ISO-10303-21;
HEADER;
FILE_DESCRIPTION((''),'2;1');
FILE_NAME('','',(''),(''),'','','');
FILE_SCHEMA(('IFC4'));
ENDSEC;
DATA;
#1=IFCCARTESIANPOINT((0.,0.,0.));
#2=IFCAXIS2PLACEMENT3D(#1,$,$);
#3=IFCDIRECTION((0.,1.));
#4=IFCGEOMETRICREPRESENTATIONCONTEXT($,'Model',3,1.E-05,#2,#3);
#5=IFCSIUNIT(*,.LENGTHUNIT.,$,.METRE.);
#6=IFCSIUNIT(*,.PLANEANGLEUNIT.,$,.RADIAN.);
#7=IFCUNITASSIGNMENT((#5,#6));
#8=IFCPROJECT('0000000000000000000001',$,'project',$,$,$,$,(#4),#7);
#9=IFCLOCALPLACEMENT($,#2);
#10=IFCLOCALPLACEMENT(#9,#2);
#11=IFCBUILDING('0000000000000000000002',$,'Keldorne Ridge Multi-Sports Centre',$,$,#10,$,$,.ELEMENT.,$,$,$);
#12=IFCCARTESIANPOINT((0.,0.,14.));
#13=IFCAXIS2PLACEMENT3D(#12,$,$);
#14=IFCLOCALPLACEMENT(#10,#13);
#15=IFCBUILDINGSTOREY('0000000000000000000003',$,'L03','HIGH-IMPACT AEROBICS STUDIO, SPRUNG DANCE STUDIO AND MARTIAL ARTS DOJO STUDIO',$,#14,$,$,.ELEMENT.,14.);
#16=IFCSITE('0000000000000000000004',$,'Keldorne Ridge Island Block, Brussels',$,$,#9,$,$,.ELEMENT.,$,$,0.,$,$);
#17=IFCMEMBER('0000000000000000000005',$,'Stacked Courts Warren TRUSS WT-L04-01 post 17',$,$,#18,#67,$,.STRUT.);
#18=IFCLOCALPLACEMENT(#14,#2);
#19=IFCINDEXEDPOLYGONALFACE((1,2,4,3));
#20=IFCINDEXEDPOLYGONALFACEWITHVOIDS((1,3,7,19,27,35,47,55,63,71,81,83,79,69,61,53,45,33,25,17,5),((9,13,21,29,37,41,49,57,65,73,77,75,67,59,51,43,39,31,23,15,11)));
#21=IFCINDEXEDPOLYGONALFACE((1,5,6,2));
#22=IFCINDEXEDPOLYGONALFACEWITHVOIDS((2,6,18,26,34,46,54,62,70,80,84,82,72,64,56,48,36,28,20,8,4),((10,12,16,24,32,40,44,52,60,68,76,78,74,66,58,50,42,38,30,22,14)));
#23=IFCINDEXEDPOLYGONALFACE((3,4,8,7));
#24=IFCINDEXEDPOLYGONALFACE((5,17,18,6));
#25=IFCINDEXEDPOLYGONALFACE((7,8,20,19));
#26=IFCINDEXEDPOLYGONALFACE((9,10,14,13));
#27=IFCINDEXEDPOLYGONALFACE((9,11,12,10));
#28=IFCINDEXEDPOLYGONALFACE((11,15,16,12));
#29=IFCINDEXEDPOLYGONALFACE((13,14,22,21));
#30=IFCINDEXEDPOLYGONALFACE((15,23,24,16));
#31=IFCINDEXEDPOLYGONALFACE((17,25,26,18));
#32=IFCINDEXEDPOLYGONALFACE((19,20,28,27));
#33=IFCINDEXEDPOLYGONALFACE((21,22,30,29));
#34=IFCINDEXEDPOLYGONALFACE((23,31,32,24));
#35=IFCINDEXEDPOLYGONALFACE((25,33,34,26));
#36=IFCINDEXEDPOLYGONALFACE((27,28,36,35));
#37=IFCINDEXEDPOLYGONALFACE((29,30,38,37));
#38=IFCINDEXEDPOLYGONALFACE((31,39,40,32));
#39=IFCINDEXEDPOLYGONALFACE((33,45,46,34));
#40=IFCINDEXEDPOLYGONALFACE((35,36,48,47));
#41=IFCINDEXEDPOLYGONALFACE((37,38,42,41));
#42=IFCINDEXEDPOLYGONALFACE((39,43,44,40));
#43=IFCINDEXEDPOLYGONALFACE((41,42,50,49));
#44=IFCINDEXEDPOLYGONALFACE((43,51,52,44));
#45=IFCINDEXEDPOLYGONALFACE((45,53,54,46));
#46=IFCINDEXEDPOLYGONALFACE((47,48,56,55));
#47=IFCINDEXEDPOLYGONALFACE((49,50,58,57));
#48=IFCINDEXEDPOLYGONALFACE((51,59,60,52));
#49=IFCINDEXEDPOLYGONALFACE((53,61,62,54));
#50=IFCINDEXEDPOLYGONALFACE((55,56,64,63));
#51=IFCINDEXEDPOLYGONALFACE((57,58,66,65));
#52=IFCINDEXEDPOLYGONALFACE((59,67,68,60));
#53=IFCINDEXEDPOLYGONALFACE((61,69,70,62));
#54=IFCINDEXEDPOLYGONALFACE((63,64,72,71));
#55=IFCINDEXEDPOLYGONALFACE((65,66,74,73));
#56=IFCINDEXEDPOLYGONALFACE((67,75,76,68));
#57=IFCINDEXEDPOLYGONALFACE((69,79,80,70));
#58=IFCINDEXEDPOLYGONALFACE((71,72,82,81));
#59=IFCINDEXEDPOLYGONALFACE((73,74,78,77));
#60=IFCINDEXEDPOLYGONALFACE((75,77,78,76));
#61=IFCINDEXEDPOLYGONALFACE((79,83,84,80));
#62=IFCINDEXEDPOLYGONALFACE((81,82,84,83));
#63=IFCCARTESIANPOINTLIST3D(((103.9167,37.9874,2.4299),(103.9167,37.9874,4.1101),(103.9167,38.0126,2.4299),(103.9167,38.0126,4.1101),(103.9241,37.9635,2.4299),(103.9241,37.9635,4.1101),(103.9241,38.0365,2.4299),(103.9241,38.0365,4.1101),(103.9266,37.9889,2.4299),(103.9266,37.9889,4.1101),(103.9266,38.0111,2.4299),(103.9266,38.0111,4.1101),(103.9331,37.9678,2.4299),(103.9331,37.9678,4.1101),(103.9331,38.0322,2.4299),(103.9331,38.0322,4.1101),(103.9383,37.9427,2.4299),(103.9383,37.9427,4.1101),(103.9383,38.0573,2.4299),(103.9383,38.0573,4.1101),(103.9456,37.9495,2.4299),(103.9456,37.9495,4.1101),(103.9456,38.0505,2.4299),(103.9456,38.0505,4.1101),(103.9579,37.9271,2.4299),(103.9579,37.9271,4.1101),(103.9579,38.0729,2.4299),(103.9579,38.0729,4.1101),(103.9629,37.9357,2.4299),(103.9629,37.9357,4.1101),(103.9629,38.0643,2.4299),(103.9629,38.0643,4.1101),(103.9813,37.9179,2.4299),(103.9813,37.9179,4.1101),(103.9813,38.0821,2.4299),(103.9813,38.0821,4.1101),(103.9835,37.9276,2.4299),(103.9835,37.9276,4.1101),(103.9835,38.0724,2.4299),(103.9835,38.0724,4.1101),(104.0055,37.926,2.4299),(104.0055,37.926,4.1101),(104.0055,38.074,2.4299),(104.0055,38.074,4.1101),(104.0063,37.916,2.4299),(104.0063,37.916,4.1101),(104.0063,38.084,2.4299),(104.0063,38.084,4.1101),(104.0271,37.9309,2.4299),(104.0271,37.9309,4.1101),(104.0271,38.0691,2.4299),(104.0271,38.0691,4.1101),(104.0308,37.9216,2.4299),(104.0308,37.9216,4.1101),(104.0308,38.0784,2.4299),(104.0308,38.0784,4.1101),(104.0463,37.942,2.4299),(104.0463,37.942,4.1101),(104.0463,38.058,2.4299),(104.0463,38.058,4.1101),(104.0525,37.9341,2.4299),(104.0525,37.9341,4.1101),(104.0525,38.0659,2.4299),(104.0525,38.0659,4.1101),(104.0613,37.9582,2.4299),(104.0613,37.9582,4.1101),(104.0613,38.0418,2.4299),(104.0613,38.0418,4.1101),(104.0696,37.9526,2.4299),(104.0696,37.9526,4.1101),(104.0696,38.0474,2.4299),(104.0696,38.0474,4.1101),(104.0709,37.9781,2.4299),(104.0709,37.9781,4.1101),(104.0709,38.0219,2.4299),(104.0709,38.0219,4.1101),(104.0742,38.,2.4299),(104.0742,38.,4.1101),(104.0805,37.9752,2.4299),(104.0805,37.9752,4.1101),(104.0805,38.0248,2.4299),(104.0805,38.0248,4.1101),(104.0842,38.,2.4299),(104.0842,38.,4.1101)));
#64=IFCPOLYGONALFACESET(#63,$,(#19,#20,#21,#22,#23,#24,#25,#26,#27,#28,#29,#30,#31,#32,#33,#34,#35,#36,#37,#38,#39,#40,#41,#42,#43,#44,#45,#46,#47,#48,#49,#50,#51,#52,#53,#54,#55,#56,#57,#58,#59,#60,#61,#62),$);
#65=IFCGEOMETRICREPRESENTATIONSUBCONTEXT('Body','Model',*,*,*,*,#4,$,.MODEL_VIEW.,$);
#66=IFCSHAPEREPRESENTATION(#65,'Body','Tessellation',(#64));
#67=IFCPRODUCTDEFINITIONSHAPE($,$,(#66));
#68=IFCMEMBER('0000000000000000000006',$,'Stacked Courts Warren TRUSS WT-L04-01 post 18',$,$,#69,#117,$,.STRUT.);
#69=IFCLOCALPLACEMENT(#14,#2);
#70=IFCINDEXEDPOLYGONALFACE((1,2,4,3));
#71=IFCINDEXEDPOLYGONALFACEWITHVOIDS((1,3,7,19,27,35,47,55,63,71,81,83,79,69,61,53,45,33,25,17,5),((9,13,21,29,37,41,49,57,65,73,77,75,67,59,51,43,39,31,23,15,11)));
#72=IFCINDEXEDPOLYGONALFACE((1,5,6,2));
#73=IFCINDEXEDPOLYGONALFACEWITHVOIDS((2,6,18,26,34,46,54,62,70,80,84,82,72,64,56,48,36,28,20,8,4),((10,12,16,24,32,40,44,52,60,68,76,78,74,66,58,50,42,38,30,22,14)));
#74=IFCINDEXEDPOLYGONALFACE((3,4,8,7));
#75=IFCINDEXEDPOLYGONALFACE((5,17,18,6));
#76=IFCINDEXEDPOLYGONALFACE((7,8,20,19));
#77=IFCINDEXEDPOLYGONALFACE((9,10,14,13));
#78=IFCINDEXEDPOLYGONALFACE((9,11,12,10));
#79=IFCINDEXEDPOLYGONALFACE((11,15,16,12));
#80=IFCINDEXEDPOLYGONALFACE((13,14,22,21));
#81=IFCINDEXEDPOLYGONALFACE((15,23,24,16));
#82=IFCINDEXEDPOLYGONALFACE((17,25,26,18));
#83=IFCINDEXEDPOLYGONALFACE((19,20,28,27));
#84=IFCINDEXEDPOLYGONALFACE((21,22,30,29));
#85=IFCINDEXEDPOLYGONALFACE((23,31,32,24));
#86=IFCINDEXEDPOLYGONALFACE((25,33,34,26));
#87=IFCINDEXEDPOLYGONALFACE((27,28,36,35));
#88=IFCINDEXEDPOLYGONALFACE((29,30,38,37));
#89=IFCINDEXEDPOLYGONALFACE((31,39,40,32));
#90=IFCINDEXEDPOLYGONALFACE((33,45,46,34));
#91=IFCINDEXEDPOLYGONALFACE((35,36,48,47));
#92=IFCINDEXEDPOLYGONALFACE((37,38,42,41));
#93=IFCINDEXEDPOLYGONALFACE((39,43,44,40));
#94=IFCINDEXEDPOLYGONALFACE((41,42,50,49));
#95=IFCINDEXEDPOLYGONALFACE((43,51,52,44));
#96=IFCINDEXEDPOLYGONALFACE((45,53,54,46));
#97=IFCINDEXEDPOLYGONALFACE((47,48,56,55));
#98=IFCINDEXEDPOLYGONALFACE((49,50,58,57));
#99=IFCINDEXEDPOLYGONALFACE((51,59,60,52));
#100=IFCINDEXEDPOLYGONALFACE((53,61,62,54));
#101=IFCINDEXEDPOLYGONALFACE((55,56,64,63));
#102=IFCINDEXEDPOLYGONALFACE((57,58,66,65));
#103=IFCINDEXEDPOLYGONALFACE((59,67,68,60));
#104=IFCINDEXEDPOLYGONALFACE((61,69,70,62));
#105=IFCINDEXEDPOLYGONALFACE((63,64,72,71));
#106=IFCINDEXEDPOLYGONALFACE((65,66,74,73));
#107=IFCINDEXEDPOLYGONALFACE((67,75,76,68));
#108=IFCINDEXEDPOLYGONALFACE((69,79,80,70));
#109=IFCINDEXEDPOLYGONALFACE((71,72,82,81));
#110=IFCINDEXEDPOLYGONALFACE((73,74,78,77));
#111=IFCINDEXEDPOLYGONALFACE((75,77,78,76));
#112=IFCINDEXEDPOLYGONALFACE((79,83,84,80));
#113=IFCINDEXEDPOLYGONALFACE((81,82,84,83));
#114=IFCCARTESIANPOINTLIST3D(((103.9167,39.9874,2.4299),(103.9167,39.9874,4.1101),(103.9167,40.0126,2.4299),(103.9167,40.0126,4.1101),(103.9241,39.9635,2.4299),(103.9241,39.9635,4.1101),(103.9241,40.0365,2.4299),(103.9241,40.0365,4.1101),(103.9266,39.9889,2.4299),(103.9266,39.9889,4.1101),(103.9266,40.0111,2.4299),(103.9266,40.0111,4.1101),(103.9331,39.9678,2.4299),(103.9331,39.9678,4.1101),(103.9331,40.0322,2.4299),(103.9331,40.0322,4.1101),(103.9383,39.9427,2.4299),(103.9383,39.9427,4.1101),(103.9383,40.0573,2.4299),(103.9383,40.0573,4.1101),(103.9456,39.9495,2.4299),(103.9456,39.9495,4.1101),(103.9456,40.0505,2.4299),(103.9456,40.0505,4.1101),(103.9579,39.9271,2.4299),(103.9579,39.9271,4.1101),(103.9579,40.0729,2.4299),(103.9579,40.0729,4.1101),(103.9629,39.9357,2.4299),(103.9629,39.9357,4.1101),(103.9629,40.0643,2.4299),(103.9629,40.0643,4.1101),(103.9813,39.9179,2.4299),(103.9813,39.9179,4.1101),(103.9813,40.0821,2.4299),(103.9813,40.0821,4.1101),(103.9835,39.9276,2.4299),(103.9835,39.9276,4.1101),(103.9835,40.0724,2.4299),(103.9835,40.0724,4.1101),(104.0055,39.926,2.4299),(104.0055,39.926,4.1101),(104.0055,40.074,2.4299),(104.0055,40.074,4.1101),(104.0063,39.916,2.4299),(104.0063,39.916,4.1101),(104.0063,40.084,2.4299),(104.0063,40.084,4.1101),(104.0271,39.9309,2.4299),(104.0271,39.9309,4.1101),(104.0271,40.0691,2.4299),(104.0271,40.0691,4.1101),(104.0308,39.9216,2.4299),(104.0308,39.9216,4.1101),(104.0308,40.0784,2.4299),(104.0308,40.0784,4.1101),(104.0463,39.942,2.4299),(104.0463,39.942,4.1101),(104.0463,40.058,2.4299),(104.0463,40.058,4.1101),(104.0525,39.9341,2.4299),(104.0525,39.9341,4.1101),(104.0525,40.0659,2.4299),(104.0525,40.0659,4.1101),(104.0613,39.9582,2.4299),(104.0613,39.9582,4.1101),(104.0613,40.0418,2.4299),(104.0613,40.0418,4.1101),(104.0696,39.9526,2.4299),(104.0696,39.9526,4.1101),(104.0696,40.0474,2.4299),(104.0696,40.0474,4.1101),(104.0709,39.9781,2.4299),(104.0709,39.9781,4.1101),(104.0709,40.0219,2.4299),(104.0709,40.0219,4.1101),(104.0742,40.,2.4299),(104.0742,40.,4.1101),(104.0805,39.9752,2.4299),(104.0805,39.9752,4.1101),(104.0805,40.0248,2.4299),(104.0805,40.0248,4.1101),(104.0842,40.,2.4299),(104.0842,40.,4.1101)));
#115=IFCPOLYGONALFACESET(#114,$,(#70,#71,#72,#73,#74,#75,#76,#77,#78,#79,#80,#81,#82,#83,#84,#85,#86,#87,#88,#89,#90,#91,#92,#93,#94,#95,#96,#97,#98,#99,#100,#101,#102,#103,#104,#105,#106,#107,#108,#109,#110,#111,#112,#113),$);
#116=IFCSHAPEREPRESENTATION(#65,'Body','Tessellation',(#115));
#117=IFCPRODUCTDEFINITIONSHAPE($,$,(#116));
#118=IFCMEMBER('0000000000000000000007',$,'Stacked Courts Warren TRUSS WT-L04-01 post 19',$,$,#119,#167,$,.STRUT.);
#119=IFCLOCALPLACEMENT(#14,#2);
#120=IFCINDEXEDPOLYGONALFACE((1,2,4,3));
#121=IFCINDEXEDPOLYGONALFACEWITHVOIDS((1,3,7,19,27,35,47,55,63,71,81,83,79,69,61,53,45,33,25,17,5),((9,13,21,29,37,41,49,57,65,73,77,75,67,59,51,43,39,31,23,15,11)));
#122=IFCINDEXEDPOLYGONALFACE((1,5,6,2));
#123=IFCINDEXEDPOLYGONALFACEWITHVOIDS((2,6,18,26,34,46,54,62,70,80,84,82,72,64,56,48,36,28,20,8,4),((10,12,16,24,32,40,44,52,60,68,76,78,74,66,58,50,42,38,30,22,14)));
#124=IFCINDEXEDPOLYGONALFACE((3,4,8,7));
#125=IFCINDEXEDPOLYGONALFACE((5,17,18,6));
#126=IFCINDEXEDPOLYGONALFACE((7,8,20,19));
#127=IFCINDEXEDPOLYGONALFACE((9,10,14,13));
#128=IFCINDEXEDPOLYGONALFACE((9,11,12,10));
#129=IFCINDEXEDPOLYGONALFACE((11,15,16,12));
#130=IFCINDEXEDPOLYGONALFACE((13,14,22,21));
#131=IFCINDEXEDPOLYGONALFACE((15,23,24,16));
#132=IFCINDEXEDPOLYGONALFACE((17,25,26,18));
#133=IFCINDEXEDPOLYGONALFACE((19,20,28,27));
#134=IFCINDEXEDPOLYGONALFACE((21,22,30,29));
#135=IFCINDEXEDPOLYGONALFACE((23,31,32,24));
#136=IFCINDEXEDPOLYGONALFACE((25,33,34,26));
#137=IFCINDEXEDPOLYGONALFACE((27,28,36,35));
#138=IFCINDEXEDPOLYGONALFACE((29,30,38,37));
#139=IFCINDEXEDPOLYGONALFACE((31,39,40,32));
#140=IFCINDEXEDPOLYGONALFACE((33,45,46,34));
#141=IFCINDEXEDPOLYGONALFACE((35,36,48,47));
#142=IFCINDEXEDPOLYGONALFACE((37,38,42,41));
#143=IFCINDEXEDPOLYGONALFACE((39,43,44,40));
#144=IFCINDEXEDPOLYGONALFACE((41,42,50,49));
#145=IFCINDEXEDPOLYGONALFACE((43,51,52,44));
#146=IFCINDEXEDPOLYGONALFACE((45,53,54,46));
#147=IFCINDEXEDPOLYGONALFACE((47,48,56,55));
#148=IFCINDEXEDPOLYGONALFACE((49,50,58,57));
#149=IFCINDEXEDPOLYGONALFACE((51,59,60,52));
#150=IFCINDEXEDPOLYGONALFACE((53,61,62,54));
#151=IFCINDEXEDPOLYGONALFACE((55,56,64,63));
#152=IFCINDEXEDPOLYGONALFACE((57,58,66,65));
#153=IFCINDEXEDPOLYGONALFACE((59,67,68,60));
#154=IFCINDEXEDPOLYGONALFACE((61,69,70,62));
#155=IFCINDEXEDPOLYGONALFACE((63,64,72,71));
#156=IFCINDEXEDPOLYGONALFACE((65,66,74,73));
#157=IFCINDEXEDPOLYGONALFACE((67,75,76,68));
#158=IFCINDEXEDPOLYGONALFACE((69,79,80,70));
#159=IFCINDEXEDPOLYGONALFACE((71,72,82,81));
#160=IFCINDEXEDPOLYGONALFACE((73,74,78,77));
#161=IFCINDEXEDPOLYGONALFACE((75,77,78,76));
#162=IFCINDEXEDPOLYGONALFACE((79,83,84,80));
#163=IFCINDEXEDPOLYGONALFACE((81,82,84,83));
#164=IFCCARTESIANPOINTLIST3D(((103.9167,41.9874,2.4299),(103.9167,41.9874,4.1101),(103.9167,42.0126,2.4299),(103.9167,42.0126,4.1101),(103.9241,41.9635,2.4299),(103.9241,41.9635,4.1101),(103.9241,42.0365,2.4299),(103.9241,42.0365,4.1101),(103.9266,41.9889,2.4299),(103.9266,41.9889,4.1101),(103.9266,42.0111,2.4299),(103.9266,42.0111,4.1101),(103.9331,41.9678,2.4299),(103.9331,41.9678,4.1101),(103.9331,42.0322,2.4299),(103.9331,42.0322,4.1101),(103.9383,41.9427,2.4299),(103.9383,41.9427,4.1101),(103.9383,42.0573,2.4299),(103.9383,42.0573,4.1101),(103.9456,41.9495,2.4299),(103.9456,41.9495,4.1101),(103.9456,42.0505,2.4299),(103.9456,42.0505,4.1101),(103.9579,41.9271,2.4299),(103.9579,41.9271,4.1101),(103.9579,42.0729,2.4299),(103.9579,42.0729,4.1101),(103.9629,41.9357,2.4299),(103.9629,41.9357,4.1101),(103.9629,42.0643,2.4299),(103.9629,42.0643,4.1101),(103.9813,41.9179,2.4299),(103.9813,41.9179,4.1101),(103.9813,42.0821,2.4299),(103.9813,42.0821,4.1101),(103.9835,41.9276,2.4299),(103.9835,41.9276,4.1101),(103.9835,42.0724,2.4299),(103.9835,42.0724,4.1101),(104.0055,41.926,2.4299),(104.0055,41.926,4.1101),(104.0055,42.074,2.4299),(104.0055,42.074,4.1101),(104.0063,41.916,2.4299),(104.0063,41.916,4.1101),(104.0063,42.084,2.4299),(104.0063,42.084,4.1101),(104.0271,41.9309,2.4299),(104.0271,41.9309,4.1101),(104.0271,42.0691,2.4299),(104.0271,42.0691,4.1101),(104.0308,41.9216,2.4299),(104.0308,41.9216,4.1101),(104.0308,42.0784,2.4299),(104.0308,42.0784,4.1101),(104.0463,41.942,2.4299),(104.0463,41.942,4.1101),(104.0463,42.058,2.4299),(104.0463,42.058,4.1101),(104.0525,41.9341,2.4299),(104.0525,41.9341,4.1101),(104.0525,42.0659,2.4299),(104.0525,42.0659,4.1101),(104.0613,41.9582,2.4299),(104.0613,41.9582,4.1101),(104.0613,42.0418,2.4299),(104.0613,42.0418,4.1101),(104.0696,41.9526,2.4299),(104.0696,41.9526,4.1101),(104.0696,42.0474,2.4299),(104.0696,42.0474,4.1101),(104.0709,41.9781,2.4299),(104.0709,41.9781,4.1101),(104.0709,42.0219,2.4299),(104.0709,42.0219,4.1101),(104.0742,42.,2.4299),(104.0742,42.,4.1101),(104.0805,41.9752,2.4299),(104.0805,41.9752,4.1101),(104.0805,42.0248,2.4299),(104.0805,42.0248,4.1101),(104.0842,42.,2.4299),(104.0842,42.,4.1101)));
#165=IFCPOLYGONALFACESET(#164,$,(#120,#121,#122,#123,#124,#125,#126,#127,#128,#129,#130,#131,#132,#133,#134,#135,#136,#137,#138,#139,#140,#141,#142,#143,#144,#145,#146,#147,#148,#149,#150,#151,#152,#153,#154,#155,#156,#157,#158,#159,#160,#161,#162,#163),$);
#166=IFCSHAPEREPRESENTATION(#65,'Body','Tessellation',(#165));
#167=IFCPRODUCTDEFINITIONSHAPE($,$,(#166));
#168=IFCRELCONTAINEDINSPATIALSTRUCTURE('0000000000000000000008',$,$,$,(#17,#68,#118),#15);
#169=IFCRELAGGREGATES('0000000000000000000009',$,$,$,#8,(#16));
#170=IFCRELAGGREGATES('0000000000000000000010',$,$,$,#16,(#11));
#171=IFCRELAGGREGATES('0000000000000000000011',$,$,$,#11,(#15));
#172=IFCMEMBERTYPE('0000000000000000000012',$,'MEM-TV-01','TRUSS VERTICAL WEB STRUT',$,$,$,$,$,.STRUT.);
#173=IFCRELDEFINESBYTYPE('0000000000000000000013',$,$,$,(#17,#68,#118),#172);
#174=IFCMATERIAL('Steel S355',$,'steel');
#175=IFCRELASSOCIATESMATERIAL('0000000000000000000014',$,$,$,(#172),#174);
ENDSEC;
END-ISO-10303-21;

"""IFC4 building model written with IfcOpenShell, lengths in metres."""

from ifc_helpers import new_model, si_unit, direction, frame, origin, origin_2d, place, context, subcontext, project, spatial, hollow_circle, extrude, material, material_profile, profile_set, type_object, element, save


model = new_model("IFC4")

# Units and contexts
model_context = context("Model", 3, precision=1e-05, world=origin(), true_north=direction((0.0, 1.0)))
body_context = subcontext(model_context, "Body", "Model", "MODEL_VIEW")
ifc_project = project(units=[si_unit("LENGTHUNIT", "METRE"), si_unit("PLANEANGLEUNIT", "RADIAN")], contexts=[model_context])

# Site, building, storey
site_placement = place(None, origin())
site = spatial("IfcSite", under=ifc_project, at=site_placement, Name="Keldorne Ridge Island Block, Brussels", CompositionType="ELEMENT", RefElevation=0.0)
building_placement = place(site_placement, origin())
building = spatial("IfcBuilding", under=site, at=building_placement, Name="Keldorne Ridge Multi-Sports Centre", CompositionType="ELEMENT")
storey_placement = place(building_placement, frame((0.0, 0.0, 14.0)))
storey = spatial("IfcBuildingStorey", under=building, at=storey_placement, Name="L03", Description="HIGH-IMPACT AEROBICS STUDIO, SPRUNG DANCE STUDIO AND MARTIAL ARTS DOJO STUDIO", CompositionType="ELEMENT", Elevation=14.0)

# Shared definitions
ifc_material_1 = material(Name="Steel S355", Category="steel")

# Members
ifc_material_profile_1 = material_profile(ifc_material_1, hollow_circle(Radius=0.0842, WallThickness=0.01, at=origin_2d()), Name="CHS 168.3x10")
ifc_profile_set_1 = profile_set([ifc_material_profile_1], Name="Steel S355")
member_type_1 = type_object("IfcMemberType", Name="MEM-TV-01", Description="TRUSS VERTICAL WEB STRUT", PredefinedType="STRUT", material=ifc_profile_set_1)
for number, where, z_axis, x_axis, name in (
    (1, (104.0, 38.0, 2.4299), (0.0, 0.0, 1.0), (1.0, 0.0, 0.0), "Stacked Courts Warren TRUSS WT-L04-01 post 17"),
    (2, (104.0, 40.0, 2.4299), (0.0, 0.0, 1.0), (1.0, 0.0, 0.0), "Stacked Courts Warren TRUSS WT-L04-01 post 18"),
    (3, (104.0, 42.0, 2.4299), (0.0, 0.0, 1.0), (1.0, 0.0, 0.0), "Stacked Courts Warren TRUSS WT-L04-01 post 19"),
):
    element("IfcMember", number, at=place(storey_placement, frame(where, z_axis=z_axis, x_axis=x_axis)), inside=storey, type_object=member_type_1, Name=name, PredefinedType="STRUT", context=body_context, shape_type="SweptSolid", body=[
        extrude(hollow_circle(Radius=0.0842, WallThickness=0.01, at=origin_2d()), origin(), (0.0, 0.0, 1.0), 1.6802),
    ])

save(model, "model.ifc")
